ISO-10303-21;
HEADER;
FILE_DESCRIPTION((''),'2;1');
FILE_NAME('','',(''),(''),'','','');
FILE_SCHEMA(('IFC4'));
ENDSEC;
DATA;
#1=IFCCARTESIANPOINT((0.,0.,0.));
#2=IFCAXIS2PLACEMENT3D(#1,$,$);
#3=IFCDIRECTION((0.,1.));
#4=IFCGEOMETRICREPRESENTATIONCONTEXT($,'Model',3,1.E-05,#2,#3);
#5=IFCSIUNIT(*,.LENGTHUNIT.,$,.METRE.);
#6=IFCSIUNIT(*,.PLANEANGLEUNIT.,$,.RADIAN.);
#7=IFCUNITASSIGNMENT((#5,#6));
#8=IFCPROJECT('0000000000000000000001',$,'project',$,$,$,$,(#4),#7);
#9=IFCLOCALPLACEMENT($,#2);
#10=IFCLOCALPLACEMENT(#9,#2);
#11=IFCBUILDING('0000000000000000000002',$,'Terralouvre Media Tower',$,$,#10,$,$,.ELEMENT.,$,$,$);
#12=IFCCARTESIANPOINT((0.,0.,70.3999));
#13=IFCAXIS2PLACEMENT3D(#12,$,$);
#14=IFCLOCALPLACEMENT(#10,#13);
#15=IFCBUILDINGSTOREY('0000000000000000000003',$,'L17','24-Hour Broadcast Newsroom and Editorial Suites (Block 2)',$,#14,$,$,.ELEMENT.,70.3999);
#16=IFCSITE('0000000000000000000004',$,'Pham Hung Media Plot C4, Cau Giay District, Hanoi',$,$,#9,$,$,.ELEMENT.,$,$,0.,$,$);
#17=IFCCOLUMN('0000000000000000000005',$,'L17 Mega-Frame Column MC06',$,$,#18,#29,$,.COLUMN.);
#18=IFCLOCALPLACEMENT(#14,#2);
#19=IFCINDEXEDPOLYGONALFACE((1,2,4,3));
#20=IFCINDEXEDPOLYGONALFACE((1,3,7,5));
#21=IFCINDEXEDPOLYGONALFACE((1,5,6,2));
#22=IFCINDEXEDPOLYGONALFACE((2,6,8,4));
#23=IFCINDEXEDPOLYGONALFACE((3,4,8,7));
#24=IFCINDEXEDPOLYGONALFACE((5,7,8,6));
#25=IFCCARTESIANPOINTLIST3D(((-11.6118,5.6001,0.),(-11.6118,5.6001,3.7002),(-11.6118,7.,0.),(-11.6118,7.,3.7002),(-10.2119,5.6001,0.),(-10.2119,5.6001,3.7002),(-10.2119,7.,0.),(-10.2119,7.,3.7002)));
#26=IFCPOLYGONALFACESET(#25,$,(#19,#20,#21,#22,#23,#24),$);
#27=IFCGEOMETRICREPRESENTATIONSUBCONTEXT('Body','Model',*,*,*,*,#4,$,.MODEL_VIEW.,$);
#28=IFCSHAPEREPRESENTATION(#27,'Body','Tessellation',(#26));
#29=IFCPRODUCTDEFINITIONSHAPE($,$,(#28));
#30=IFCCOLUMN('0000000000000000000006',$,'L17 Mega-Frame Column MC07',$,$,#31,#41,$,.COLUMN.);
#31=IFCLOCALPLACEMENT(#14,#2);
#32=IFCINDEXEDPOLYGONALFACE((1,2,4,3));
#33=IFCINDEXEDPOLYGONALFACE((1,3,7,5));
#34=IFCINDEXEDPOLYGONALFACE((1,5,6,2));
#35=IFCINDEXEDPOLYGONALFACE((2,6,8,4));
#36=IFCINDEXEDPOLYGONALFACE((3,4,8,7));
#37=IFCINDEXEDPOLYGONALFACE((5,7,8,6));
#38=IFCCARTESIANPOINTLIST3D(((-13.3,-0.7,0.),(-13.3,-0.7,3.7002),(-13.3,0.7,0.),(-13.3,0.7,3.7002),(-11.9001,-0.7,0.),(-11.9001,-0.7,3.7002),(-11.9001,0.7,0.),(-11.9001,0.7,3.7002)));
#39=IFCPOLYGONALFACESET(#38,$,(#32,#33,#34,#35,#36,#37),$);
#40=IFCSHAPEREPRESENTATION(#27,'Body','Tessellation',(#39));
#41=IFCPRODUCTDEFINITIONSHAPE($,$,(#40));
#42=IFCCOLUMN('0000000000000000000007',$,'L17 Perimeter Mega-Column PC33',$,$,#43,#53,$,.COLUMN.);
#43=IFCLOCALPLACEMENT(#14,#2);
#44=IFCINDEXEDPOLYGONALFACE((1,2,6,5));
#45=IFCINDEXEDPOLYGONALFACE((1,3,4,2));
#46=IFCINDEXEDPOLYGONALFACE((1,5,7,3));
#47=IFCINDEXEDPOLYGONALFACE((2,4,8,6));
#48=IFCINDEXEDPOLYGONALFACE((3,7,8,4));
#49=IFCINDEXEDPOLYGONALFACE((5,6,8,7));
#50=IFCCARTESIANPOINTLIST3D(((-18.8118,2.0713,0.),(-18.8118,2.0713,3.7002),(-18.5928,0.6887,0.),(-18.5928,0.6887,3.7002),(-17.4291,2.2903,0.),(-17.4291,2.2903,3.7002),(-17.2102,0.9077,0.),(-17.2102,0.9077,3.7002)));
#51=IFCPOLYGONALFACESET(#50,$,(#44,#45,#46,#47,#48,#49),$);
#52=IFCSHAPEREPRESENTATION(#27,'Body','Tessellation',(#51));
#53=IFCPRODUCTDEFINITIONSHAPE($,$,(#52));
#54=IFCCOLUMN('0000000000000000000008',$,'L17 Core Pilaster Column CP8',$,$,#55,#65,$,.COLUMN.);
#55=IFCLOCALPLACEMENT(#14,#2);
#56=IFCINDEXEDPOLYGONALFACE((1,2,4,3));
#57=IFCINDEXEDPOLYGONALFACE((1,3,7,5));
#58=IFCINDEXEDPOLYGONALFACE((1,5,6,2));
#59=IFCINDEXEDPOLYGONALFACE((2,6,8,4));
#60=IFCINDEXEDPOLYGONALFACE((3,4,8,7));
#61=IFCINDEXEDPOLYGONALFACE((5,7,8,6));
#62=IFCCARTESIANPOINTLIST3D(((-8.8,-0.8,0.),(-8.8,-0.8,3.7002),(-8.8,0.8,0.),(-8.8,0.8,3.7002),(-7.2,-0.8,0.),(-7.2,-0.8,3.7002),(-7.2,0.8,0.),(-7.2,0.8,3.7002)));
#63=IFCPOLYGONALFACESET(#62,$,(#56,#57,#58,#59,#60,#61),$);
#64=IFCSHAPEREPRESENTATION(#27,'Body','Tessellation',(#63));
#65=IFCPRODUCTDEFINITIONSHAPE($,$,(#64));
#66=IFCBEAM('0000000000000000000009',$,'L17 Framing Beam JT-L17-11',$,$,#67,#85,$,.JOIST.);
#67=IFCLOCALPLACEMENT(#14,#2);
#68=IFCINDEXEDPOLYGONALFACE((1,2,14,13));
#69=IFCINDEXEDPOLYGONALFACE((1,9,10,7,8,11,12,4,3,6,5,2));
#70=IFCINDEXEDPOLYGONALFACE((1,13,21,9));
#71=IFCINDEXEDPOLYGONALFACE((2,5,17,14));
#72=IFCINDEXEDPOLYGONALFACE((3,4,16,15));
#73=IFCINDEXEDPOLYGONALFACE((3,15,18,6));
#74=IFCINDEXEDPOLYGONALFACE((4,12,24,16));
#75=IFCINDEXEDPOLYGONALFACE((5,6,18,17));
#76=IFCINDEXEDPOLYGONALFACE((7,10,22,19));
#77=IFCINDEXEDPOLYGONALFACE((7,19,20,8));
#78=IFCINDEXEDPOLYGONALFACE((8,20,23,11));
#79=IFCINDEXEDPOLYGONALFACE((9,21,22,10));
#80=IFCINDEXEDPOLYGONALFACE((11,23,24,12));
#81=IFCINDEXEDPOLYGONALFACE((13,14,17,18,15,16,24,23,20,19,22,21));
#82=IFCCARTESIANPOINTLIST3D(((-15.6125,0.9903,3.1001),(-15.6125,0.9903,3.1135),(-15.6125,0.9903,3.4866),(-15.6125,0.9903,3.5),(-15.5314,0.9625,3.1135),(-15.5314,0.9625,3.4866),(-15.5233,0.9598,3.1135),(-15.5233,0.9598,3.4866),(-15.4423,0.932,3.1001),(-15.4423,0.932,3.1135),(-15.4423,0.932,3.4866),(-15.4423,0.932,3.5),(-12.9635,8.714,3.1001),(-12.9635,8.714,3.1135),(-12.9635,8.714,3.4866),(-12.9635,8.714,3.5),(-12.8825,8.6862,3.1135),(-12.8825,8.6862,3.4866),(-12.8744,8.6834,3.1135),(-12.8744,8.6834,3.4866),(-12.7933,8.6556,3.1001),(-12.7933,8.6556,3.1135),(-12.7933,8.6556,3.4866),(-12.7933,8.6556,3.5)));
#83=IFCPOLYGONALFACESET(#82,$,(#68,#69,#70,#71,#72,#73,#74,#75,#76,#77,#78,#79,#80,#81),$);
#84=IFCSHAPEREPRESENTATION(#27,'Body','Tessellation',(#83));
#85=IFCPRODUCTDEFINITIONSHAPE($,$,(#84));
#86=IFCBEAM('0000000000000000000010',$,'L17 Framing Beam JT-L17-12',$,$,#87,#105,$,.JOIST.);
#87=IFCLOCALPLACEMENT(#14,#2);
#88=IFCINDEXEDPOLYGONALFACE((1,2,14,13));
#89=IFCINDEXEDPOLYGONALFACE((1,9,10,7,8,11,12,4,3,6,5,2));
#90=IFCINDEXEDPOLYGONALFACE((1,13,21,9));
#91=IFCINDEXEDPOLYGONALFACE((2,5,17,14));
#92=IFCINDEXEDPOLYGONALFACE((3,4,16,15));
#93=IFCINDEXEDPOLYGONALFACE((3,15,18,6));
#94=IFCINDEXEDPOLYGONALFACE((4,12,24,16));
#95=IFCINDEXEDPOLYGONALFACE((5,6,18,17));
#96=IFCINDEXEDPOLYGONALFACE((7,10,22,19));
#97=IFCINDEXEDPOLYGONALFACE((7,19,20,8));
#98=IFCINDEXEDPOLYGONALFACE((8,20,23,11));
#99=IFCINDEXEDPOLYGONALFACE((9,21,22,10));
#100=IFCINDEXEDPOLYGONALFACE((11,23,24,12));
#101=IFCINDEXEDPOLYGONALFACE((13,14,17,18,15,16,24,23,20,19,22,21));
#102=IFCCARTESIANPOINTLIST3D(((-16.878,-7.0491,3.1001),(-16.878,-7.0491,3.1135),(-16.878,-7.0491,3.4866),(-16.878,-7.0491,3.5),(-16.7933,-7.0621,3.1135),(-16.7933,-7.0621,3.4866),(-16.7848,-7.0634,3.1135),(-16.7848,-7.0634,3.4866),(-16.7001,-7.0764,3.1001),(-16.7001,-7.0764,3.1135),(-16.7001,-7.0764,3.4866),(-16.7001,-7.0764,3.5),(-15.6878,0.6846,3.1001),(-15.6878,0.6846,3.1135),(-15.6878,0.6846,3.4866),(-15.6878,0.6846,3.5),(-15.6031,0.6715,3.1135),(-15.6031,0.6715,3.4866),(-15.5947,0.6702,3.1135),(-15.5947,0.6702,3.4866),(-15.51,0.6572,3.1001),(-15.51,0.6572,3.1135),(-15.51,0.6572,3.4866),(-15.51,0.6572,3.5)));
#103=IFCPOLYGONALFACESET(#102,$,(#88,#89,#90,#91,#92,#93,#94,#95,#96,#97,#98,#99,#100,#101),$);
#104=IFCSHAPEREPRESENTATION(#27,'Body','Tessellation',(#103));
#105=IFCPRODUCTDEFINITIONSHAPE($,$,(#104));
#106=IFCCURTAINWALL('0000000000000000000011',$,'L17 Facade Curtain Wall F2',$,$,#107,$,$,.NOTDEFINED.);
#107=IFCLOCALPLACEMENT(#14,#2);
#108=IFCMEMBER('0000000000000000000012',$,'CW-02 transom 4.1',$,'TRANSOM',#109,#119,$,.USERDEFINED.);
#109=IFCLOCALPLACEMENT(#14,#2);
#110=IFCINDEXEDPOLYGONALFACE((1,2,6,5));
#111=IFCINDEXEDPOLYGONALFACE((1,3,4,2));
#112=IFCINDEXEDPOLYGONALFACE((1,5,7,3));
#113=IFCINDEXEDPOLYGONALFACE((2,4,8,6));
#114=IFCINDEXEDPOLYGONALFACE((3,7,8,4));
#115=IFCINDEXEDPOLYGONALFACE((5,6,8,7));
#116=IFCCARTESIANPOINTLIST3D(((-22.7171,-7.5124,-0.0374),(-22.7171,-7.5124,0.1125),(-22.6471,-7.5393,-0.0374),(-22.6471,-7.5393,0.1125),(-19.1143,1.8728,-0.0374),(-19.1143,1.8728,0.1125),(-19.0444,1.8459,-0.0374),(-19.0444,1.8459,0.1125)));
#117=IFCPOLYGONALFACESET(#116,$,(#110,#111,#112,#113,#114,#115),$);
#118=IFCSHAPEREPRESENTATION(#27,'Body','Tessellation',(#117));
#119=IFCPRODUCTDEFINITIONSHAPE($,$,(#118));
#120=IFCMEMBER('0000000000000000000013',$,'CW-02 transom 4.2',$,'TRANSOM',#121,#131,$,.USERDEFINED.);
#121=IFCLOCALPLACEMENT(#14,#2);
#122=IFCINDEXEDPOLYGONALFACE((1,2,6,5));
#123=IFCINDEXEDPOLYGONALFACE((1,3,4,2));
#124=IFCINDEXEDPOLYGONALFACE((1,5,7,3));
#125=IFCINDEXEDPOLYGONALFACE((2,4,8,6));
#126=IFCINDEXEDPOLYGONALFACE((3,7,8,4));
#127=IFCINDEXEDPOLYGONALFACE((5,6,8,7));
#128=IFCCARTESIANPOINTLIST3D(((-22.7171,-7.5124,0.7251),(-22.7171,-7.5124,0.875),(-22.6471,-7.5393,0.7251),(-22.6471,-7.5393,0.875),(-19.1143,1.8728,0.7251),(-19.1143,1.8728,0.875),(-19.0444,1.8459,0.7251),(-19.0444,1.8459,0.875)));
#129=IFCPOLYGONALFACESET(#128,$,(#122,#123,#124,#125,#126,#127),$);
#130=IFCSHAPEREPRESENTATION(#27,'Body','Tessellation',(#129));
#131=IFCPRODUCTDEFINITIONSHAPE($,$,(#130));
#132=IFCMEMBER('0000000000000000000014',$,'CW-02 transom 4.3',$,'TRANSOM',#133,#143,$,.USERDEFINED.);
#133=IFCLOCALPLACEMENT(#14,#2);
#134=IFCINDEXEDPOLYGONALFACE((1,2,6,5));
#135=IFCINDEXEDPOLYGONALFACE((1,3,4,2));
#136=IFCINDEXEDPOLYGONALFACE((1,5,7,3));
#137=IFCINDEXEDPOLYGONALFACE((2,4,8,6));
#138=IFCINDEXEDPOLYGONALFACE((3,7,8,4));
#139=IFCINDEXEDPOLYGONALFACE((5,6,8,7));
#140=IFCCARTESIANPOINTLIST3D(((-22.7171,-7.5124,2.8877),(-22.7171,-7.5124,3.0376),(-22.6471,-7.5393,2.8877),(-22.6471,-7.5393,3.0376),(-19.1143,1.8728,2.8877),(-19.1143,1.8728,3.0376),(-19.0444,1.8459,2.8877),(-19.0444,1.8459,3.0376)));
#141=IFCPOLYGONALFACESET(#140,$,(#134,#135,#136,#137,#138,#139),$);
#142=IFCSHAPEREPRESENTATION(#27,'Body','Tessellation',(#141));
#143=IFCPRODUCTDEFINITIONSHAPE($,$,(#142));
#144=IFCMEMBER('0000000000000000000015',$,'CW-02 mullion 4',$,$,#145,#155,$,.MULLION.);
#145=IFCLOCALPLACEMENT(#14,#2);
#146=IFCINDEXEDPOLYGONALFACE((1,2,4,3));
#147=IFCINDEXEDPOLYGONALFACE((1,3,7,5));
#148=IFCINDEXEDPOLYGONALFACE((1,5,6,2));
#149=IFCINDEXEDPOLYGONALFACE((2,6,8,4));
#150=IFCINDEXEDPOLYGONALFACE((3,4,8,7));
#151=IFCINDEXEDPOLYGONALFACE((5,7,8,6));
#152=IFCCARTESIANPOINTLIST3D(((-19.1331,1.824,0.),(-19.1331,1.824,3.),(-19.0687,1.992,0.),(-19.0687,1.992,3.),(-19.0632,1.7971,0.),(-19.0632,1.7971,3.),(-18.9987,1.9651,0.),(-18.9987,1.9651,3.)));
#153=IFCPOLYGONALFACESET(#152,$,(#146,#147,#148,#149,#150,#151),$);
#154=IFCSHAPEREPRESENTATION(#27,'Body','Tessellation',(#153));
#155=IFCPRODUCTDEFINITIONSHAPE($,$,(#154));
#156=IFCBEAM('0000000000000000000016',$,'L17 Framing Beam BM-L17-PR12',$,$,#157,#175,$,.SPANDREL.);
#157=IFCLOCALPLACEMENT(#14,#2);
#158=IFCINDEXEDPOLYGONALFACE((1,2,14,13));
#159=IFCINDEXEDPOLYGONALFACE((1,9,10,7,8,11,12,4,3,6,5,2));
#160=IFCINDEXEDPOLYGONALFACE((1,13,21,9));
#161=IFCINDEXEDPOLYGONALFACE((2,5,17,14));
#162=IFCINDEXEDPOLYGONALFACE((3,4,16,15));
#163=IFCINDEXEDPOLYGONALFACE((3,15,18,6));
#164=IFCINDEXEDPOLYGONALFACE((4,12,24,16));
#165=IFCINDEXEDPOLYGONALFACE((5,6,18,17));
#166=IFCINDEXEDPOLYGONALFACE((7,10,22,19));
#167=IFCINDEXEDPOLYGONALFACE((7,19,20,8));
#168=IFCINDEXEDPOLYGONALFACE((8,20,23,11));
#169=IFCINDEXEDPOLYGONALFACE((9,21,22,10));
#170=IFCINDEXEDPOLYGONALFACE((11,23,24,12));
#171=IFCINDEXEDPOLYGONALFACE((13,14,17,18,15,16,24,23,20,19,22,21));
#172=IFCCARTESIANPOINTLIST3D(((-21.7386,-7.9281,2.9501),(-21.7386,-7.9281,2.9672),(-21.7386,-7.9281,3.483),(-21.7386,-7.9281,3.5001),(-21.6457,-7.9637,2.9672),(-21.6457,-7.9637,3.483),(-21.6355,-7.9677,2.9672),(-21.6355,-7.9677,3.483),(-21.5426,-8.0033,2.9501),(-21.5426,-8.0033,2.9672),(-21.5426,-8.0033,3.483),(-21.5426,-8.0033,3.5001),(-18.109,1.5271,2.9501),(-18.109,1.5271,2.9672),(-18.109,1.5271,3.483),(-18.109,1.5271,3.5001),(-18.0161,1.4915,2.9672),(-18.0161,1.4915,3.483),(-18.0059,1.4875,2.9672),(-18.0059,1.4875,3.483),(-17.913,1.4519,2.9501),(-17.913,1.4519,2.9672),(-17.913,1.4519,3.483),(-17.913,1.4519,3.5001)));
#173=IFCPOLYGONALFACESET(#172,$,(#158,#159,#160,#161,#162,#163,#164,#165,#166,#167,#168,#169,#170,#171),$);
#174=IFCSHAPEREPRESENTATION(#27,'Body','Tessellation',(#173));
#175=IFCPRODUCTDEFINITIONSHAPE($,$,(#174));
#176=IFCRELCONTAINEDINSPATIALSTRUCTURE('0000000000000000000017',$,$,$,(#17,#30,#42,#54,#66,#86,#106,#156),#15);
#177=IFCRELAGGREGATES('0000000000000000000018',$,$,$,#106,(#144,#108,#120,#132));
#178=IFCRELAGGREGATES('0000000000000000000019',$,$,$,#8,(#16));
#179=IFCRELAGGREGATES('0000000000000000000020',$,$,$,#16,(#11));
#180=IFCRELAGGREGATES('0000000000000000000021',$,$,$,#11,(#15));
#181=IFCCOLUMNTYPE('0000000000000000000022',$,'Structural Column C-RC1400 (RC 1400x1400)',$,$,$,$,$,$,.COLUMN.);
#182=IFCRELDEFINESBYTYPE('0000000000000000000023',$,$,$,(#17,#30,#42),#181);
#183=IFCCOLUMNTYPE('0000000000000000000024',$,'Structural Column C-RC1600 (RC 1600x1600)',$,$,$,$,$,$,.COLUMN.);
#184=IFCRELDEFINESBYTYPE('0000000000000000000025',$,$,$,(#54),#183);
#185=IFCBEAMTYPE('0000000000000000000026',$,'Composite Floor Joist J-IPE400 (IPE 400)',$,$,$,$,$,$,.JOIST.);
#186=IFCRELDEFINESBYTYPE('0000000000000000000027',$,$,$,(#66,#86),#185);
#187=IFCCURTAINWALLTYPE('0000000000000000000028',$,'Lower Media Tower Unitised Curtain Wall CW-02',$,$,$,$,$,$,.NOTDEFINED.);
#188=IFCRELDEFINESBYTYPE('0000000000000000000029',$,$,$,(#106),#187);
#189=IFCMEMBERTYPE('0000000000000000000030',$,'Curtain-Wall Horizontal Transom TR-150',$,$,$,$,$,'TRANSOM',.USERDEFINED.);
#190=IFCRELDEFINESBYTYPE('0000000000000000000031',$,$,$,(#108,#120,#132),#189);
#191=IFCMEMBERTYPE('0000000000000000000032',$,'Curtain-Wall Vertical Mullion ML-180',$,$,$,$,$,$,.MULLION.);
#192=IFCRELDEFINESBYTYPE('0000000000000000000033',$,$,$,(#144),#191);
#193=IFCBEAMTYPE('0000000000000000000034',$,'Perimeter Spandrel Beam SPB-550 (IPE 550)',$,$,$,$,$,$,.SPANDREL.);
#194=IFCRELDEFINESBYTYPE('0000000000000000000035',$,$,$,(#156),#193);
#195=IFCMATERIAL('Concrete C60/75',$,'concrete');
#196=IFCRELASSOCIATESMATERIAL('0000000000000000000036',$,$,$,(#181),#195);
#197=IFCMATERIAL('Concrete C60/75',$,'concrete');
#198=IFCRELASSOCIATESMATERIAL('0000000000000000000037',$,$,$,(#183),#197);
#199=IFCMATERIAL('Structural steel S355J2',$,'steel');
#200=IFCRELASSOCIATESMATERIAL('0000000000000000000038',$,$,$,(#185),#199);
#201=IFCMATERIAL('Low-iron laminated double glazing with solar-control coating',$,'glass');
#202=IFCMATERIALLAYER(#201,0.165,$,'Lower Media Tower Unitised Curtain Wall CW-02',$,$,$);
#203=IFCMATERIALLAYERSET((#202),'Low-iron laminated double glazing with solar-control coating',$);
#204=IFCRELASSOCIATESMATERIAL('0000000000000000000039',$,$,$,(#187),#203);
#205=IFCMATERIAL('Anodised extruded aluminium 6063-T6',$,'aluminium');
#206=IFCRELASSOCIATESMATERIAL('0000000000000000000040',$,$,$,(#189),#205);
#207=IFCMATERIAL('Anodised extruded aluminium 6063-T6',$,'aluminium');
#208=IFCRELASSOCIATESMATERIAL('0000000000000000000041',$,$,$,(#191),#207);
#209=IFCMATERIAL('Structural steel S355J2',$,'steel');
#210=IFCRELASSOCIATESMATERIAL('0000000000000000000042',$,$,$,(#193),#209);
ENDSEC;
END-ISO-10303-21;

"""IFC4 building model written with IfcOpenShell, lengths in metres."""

from ifc_helpers import new_model, si_unit, direction, frame, origin, origin_2d, place, context, subcontext, project, spatial, rectangle, i_section, extrude, material, layer, layer_set, material_profile, profile_set, type_object, element, aggregate, save


model = new_model("IFC4")

# Units and contexts
model_context = context("Model", 3, precision=1e-05, world=origin(), true_north=direction((0.0, 1.0)))
body_context = subcontext(model_context, "Body", "Model", "MODEL_VIEW")
ifc_project = project(units=[si_unit("LENGTHUNIT", "METRE"), si_unit("PLANEANGLEUNIT", "RADIAN")], contexts=[model_context])

# Site, building, storey
site_placement = place(None, origin())
site = spatial("IfcSite", under=ifc_project, at=site_placement, Name="Pham Hung Media Plot C4, Cau Giay District, Hanoi", CompositionType="ELEMENT", RefElevation=0.0)
building_placement = place(site_placement, origin())
building = spatial("IfcBuilding", under=site, at=building_placement, Name="Terralouvre Media Tower", CompositionType="ELEMENT")
storey_placement = place(building_placement, frame((0.0, 0.0, 70.3999)))
storey = spatial("IfcBuildingStorey", under=building, at=storey_placement, Name="L17", Description="24-Hour Broadcast Newsroom and Editorial Suites (Block 2)", CompositionType="ELEMENT", Elevation=70.3999)

# Columns
ifc_material_1 = material(Name="Concrete C60/75", Category="concrete")
ifc_material_profile_1 = material_profile(ifc_material_1, rectangle(XDim=1.3999, YDim=1.3999, at=origin_2d()), Name="RC 1400x1400")
ifc_profile_set_1 = profile_set([ifc_material_profile_1], Name="Concrete C60/75")
column_type_1 = type_object("IfcColumnType", Name="Structural Column C-RC1400 (RC 1400x1400)", PredefinedType="COLUMN", material=ifc_profile_set_1)
for number, where, z_axis, x_axis, name in (
    (1, (-10.9119, 6.3, 0.0), (0.0, 0.0, 1.0), (1.0, 0.0, 0.0), "L17 Mega-Frame Column MC06"),
    (2, (-12.6001, 0.0, 0.0), (0.0, 0.0, 1.0), (1.0, 0.0, 0.0), "L17 Mega-Frame Column MC07"),
    (3, (-18.011, 1.4895, 0.0), (0.0, 0.0, 1.0), (0.987688, 0.156434, 0.0), "L17 Perimeter Mega-Column PC33"),
):
    element("IfcColumn", number, at=place(storey_placement, frame(where, z_axis=z_axis, x_axis=x_axis)), inside=storey, type_object=column_type_1, Name=name, PredefinedType="COLUMN", context=body_context, shape_type="SweptSolid", body=[
        extrude(rectangle(XDim=1.3999, YDim=1.3999, at=origin_2d()), origin(), (0.0, 0.0, 1.0), 3.7002),
    ])
ifc_material_2 = material(Name="Concrete C60/75", Category="concrete")
ifc_material_profile_2 = material_profile(ifc_material_2, rectangle(XDim=1.6001, YDim=1.6001, at=origin_2d()), Name="RC 1600x1600")
ifc_profile_set_2 = profile_set([ifc_material_profile_2], Name="Concrete C60/75")
column_type_2 = type_object("IfcColumnType", Name="Structural Column C-RC1600 (RC 1600x1600)", PredefinedType="COLUMN", material=ifc_profile_set_2)
column_placement = place(storey_placement, frame((-8.0, 0.0, 0.0), z_axis=(0.0, 0.0, 1.0), x_axis=(1.0, 0.0, 0.0)))
element("IfcColumn", 4, at=column_placement, inside=storey, type_object=column_type_2, Name="L17 Core Pilaster Column CP8", PredefinedType="COLUMN", context=body_context, shape_type="SweptSolid", body=[
    extrude(rectangle(XDim=1.6001, YDim=1.6001, at=origin_2d()), origin(), (0.0, 0.0, 1.0), 3.7002),
])

# Beams
ifc_material_3 = material(Name="Structural steel S355J2", Category="steel")
ifc_material_profile_3 = material_profile(ifc_material_3, i_section(OverallWidth=0.1799, OverallDepth=0.3999, WebThickness=0.0085, FlangeThickness=0.0134, at=origin_2d()), Name="IPE 400")
ifc_profile_set_3 = profile_set([ifc_material_profile_3], Name="Structural steel S355J2")
beam_type_1 = type_object("IfcBeamType", Name="Composite Floor Joist J-IPE400 (IPE 400)", PredefinedType="JOIST", material=ifc_profile_set_3)
beam_1_placement = place(storey_placement, frame((-12.8784, 8.6848, 3.3), z_axis=(-0.324415, -0.945915, 0.0), x_axis=(0.945915, -0.324415, 0.0)))
element("IfcBeam", 5, at=beam_1_placement, inside=storey, type_object=beam_type_1, Name="L17 Framing Beam JT-L17-11", PredefinedType="JOIST", context=body_context, shape_type="SweptSolid", body=[
    extrude(i_section(OverallWidth=0.1799, OverallDepth=0.3999, WebThickness=0.0085, FlangeThickness=0.0134, at=origin_2d()), origin(), (0.0, 0.0, 1.0), 8.1653),
])
beam_2_placement = place(storey_placement, frame((-15.5989, 0.6709, 3.3), z_axis=(-0.152106, -0.988364, 0.0), x_axis=(0.988364, -0.152106, 0.0)))
element("IfcBeam", 6, at=beam_2_placement, inside=storey, type_object=beam_type_1, Name="L17 Framing Beam JT-L17-12", PredefinedType="JOIST", context=body_context, shape_type="SweptSolid", body=[
    extrude(i_section(OverallWidth=0.1799, OverallDepth=0.3999, WebThickness=0.0085, FlangeThickness=0.0134, at=origin_2d()), origin(), (0.0, 0.0, 1.0), 7.8247),
])

# Curtain wall, members
ifc_material_4 = material(Name="Low-iron laminated double glazing with solar-control coating", Category="glass")
ifc_layer_1 = layer(ifc_material_4, 0.165, Name="Lower Media Tower Unitised Curtain Wall CW-02")
ifc_layer_set_1 = layer_set([ifc_layer_1], Name="Low-iron laminated double glazing with solar-control coating")
curtain_wall_type = type_object("IfcCurtainWallType", Name="Lower Media Tower Unitised Curtain Wall CW-02", PredefinedType="NOTDEFINED", material=ifc_layer_set_1)
curtain_wall_placement = place(storey_placement, origin())
curtain_wall = element("IfcCurtainWall", 7, at=curtain_wall_placement, inside=storey, type_object=curtain_wall_type, Name="L17 Facade Curtain Wall F2", PredefinedType="NOTDEFINED")
ifc_material_5 = material(Name="Anodised extruded aluminium 6063-T6", Category="aluminium")
ifc_material_profile_4 = material_profile(ifc_material_5, rectangle(XDim=0.075, YDim=0.1499, at=origin_2d()), Name="ALU 75x150")
ifc_profile_set_4 = profile_set([ifc_material_profile_4], Name="Anodised extruded aluminium 6063-T6")
member_type_1 = type_object("IfcMemberType", Name="Curtain-Wall Horizontal Transom TR-150", ElementType="TRANSOM", PredefinedType="USERDEFINED", material=ifc_profile_set_4)
member_1_placement = place(storey_placement, frame((-19.0793, 1.8594, 0.0376), z_axis=(-0.358379, -0.933576, 0.0), x_axis=(0.933576, -0.358379, 0.0)))
member_1 = element("IfcMember", 8, at=member_1_placement, type_object=member_type_1, Name="CW-02 transom 4.1", ObjectType="TRANSOM", PredefinedType="USERDEFINED", context=body_context, shape_type="SweptSolid", body=[
    extrude(rectangle(XDim=0.075, YDim=0.1499, at=origin_2d()), origin(), (0.0, 0.0, 1.0), 10.053),
])
member_2_placement = place(storey_placement, frame((-19.0793, 1.8594, 0.8), z_axis=(-0.358379, -0.933576, 0.0), x_axis=(0.933576, -0.358379, 0.0)))
member_2 = element("IfcMember", 9, at=member_2_placement, type_object=member_type_1, Name="CW-02 transom 4.2", ObjectType="TRANSOM", PredefinedType="USERDEFINED", context=body_context, shape_type="SweptSolid", body=[
    extrude(rectangle(XDim=0.075, YDim=0.1499, at=origin_2d()), origin(), (0.0, 0.0, 1.0), 10.053),
])
member_3_placement = place(storey_placement, frame((-19.0793, 1.8594, 2.9626), z_axis=(-0.358379, -0.933576, 0.0), x_axis=(0.933576, -0.358379, 0.0)))
member_3 = element("IfcMember", 10, at=member_3_placement, type_object=member_type_1, Name="CW-02 transom 4.3", ObjectType="TRANSOM", PredefinedType="USERDEFINED", context=body_context, shape_type="SweptSolid", body=[
    extrude(rectangle(XDim=0.075, YDim=0.1499, at=origin_2d()), origin(), (0.0, 0.0, 1.0), 10.053),
])
ifc_material_6 = material(Name="Anodised extruded aluminium 6063-T6", Category="aluminium")
ifc_material_profile_5 = material_profile(ifc_material_6, rectangle(XDim=0.075, YDim=0.1799, at=origin_2d()), Name="ALU 75x180")
ifc_profile_set_5 = profile_set([ifc_material_profile_5], Name="Anodised extruded aluminium 6063-T6")
member_type_2 = type_object("IfcMemberType", Name="Curtain-Wall Vertical Mullion ML-180", PredefinedType="MULLION", material=ifc_profile_set_5)
member_4_placement = place(storey_placement, frame((-19.0659, 1.8945, 0.0), z_axis=(0.0, 0.0, 1.0), x_axis=(0.93358, -0.358368, 0.0)))
member_4 = element("IfcMember", 11, at=member_4_placement, type_object=member_type_2, Name="CW-02 mullion 4", PredefinedType="MULLION", context=body_context, shape_type="SweptSolid", body=[
    extrude(rectangle(XDim=0.075, YDim=0.1799, at=origin_2d()), origin(), (0.0, 0.0, 1.0), 3.0),
])

# Beam
ifc_material_7 = material(Name="Structural steel S355J2", Category="steel")
ifc_material_profile_6 = material_profile(ifc_material_7, i_section(OverallWidth=0.21, OverallDepth=0.55, WebThickness=0.011, FlangeThickness=0.0171, at=origin_2d()), Name="IPE 550")
ifc_profile_set_6 = profile_set([ifc_material_profile_6], Name="Structural steel S355J2")
beam_type_2 = type_object("IfcBeamType", Name="Perimeter Spandrel Beam SPB-550 (IPE 550)", PredefinedType="SPANDREL", material=ifc_profile_set_6)
beam_3_placement = place(storey_placement, frame((-18.011, 1.4895, 3.2251), z_axis=(-0.358375, -0.933578, 0.0), x_axis=(0.933578, -0.358375, 0.0)))
element("IfcBeam", 12, at=beam_3_placement, inside=storey, type_object=beam_type_2, Name="L17 Framing Beam BM-L17-PR12", PredefinedType="SPANDREL", context=body_context, shape_type="SweptSolid", body=[
    extrude(i_section(OverallWidth=0.21, OverallDepth=0.55, WebThickness=0.011, FlangeThickness=0.0171, at=origin_2d()), origin(), (0.0, 0.0, 1.0), 10.1279),
])

aggregate(curtain_wall, [member_4, member_1, member_2, member_3])

save(model, "model.ifc")
